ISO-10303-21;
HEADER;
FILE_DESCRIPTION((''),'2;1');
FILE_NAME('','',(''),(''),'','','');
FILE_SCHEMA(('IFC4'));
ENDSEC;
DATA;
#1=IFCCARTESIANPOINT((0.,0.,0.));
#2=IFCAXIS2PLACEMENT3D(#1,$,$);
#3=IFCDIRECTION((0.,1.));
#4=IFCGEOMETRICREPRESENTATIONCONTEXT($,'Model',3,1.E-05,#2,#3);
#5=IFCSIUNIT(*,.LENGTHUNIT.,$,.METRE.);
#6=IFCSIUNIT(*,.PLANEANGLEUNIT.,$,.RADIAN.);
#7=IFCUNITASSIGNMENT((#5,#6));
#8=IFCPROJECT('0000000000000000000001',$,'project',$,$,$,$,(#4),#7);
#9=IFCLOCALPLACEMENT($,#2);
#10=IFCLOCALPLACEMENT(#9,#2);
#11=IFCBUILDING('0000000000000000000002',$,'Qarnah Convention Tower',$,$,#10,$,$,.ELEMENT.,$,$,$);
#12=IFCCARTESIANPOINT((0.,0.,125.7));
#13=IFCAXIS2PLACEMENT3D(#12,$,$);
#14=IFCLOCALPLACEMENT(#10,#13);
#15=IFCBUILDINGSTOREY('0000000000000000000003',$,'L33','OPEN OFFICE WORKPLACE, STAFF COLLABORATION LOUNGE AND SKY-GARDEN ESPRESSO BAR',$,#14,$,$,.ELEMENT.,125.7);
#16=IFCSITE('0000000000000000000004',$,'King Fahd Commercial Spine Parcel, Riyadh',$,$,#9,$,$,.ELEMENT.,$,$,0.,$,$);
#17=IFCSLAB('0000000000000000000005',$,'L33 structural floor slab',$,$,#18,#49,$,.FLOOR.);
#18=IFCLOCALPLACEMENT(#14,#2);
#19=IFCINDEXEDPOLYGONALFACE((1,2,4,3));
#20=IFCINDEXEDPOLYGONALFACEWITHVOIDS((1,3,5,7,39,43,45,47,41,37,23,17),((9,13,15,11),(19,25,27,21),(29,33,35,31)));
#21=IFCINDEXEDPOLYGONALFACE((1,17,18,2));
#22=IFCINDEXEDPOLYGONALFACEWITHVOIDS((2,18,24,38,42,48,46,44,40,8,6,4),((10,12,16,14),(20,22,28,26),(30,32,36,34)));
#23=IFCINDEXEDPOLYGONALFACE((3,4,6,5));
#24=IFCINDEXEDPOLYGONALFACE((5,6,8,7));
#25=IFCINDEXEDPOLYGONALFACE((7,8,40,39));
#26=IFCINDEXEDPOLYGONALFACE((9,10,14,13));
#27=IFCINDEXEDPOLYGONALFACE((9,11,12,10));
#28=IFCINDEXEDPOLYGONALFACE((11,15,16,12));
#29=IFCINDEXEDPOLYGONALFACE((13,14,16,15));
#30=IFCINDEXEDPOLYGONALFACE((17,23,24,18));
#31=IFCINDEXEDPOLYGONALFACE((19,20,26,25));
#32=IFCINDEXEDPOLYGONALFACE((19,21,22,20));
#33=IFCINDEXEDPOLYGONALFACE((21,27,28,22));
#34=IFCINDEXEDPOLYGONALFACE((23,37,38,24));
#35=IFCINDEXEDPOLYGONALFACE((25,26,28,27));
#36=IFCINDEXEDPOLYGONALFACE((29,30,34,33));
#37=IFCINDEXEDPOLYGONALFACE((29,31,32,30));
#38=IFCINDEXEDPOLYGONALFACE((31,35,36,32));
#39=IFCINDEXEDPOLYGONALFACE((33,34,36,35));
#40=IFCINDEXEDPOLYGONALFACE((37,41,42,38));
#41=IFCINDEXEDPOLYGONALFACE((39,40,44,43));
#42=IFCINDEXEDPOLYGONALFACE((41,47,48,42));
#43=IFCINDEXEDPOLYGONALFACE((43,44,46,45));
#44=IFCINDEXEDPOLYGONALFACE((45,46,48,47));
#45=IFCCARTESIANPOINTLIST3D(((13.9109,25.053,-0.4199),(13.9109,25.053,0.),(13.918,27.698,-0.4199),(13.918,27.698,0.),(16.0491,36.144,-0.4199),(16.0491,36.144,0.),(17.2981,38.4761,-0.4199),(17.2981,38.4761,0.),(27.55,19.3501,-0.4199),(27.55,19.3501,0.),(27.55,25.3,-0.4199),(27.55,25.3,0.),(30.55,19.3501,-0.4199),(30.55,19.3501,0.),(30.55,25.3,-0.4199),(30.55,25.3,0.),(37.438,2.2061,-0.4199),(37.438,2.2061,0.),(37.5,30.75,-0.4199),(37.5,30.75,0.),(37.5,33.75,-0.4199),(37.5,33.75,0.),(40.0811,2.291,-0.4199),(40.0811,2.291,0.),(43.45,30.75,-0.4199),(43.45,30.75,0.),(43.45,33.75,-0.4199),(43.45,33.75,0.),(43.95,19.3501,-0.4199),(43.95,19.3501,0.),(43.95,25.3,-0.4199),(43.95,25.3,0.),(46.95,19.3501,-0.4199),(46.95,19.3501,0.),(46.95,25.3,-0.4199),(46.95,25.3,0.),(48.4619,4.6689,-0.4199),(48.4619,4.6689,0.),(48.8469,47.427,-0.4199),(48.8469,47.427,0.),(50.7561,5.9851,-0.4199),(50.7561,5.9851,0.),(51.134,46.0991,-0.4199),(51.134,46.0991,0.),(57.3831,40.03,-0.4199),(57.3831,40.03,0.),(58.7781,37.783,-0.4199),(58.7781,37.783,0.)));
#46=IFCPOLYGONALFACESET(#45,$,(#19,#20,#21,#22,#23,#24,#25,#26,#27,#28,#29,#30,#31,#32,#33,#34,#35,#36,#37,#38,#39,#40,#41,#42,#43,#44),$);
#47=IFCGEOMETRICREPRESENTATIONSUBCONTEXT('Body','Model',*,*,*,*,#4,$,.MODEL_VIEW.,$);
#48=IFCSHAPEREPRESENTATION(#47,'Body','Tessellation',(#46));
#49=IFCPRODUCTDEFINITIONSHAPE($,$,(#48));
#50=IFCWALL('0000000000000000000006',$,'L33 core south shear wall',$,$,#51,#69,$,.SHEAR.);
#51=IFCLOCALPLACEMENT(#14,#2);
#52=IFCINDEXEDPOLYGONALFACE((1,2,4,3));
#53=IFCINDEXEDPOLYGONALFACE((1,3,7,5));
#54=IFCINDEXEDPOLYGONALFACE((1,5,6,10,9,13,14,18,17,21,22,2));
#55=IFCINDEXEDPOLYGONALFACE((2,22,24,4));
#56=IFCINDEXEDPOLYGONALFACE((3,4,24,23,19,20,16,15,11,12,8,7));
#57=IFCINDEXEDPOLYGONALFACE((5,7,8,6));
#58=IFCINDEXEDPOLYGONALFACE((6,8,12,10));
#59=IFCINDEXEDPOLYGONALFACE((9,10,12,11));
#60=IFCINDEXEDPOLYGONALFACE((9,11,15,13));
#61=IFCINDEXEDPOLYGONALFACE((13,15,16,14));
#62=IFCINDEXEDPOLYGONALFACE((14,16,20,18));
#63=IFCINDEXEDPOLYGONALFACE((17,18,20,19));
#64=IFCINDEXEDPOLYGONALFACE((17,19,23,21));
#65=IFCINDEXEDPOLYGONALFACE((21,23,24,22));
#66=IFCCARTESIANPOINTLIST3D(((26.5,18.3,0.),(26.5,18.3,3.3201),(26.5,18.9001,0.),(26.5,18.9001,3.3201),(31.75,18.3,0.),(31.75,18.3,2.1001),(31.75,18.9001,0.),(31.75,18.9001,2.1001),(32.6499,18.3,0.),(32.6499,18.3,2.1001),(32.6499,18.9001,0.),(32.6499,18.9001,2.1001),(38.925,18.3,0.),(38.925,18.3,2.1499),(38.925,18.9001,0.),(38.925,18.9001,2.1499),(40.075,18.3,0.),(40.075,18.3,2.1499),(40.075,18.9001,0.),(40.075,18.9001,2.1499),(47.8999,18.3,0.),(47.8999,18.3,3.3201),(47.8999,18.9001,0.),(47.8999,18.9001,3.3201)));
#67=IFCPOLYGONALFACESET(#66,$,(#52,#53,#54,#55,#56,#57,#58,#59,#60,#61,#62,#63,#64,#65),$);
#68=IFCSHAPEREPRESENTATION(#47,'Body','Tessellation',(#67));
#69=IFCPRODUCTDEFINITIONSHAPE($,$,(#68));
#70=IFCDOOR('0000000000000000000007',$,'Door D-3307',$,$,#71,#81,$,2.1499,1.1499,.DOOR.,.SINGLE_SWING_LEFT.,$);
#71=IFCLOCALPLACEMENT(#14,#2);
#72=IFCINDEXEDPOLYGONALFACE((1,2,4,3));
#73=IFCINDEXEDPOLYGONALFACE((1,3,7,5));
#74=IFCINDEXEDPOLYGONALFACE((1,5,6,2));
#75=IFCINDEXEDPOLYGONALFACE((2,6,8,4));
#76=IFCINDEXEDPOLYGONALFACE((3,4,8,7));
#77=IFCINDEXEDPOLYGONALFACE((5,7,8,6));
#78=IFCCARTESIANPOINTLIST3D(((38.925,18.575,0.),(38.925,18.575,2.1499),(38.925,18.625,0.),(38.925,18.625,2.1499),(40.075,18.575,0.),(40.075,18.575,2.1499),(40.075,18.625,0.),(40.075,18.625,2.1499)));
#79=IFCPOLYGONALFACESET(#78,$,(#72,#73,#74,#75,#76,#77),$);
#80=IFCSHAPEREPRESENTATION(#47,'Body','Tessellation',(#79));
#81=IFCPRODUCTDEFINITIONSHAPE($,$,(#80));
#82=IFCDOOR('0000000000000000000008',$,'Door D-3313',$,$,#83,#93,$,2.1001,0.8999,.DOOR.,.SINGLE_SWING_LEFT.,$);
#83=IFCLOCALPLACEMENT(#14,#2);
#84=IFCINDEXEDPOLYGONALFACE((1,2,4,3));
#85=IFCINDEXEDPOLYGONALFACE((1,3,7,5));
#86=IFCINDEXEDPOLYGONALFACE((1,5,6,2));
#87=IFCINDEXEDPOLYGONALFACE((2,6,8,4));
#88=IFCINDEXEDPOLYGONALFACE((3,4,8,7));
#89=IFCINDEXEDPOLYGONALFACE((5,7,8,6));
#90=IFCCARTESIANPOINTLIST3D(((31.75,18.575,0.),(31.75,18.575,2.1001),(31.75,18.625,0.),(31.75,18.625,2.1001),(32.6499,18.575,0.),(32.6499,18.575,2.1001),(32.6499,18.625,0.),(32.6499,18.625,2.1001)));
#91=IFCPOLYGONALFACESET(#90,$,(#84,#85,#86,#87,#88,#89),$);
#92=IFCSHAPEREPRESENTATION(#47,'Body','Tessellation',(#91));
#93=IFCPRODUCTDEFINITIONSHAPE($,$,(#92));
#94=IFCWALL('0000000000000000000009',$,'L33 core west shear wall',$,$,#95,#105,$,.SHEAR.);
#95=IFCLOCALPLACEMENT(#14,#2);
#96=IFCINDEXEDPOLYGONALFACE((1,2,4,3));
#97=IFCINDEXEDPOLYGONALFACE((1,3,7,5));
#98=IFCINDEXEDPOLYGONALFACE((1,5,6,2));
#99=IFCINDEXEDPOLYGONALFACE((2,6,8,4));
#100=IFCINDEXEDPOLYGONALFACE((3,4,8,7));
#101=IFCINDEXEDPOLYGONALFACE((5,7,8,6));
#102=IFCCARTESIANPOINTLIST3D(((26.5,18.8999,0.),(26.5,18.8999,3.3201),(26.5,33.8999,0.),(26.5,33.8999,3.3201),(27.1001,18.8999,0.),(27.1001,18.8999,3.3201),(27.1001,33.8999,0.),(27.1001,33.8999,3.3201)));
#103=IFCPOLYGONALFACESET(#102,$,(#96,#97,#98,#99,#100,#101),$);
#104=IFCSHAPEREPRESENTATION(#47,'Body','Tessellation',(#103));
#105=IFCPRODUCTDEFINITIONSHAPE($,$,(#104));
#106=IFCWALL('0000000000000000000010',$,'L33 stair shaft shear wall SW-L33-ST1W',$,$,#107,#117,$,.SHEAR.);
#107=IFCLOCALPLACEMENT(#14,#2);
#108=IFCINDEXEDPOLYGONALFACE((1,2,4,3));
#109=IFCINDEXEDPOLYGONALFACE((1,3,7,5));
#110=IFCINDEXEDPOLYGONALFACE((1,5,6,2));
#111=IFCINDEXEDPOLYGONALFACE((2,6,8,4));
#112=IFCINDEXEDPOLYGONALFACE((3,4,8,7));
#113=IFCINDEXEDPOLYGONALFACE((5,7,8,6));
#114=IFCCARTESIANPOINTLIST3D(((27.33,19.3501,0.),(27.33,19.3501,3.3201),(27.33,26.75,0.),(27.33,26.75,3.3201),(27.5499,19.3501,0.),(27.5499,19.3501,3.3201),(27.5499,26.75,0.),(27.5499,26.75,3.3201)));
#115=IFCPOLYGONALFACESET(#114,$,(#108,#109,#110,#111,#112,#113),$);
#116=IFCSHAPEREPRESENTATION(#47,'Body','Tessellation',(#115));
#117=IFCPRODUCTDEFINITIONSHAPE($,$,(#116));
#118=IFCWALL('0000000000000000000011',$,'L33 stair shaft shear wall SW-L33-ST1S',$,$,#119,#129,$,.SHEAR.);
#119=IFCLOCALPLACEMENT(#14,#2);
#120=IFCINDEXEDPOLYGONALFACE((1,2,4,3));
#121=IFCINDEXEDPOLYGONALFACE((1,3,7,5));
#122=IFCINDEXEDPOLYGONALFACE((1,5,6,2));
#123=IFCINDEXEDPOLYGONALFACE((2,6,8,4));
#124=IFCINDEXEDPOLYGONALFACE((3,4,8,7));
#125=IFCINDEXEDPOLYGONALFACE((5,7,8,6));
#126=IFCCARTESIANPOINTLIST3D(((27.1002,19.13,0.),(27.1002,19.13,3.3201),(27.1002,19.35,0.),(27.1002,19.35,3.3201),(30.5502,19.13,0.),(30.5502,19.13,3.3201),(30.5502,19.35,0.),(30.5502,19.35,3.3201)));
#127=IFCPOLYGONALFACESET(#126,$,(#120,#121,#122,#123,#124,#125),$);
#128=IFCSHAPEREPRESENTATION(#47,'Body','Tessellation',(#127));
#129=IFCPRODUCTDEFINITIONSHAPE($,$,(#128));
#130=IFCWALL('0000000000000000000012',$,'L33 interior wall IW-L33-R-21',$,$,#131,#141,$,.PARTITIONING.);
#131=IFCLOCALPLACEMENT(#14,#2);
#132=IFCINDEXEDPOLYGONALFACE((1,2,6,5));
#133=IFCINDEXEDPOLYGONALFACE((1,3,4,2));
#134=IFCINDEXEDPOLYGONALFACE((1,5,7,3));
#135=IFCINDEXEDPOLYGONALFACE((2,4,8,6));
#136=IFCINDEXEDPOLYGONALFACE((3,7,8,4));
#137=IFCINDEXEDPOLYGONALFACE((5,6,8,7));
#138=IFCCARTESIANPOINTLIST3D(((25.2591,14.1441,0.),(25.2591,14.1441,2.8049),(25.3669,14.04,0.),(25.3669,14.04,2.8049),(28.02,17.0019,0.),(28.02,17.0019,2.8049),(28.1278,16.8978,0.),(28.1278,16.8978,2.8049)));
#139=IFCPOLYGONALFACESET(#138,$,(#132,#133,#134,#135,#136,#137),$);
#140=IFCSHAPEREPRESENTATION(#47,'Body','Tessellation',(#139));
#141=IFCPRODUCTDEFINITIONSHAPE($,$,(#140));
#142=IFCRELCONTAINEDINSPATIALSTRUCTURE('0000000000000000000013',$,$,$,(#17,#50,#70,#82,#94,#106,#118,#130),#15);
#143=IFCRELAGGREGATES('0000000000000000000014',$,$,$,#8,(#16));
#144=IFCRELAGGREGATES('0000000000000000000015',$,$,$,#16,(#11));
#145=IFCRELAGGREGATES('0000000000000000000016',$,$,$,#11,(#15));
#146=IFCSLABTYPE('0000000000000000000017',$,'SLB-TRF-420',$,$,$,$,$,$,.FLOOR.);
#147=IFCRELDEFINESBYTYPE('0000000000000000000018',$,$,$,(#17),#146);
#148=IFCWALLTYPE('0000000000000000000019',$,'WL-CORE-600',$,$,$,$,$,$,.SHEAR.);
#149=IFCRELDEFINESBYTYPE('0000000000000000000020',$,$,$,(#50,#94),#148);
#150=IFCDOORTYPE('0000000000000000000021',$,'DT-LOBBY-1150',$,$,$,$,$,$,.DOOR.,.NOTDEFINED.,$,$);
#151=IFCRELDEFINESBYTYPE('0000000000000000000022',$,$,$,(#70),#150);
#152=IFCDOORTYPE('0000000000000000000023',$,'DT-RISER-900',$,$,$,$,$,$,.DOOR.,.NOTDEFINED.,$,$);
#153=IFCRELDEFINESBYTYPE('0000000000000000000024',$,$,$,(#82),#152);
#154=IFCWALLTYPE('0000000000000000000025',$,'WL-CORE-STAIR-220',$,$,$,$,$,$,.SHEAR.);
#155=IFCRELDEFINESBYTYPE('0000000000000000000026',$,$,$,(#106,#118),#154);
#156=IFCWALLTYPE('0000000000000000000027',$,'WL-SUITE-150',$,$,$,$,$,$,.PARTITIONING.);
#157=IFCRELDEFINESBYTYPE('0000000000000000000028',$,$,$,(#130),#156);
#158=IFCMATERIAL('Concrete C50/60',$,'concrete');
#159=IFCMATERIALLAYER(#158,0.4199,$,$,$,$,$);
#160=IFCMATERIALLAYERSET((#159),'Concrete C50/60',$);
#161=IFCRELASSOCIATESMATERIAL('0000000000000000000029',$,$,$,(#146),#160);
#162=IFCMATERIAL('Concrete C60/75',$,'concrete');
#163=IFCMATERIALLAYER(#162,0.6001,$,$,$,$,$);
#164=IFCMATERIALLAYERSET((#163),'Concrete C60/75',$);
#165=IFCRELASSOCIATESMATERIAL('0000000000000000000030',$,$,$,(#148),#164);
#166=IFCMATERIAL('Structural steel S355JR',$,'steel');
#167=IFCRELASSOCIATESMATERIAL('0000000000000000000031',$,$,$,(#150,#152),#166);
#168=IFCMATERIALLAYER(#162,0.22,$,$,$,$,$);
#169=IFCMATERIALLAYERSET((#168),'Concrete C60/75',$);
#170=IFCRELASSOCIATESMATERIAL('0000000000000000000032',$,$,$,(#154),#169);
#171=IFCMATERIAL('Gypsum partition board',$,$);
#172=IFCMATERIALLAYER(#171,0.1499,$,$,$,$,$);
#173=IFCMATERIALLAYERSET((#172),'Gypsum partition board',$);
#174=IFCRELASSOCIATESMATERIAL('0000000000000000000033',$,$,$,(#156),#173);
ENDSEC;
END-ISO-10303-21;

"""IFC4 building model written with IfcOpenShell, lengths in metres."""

from ifc_helpers import new_model, si_unit, direction, frame, frame_2d, origin, place, context, subcontext, project, spatial, polyline, rectangle, outline, extrude, material, layer, layer_set, type_object, element, fill, save


model = new_model("IFC4")

# Units and contexts
model_context = context("Model", 3, precision=1e-05, world=origin(), true_north=direction((0.0, 1.0)))
body_context = subcontext(model_context, "Body", "Model", "MODEL_VIEW")
ifc_project = project(units=[si_unit("LENGTHUNIT", "METRE"), si_unit("PLANEANGLEUNIT", "RADIAN")], contexts=[model_context])

# Site, building, storey
site_placement = place(None, origin())
site = spatial("IfcSite", under=ifc_project, at=site_placement, Name="King Fahd Commercial Spine Parcel, Riyadh", CompositionType="ELEMENT", RefElevation=0.0)
building_placement = place(site_placement, origin())
building = spatial("IfcBuilding", under=site, at=building_placement, Name="Qarnah Convention Tower", CompositionType="ELEMENT")
storey_placement = place(building_placement, frame((0.0, 0.0, 125.7)))
storey = spatial("IfcBuildingStorey", under=building, at=storey_placement, Name="L33", Description="OPEN OFFICE WORKPLACE, STAFF COLLABORATION LOUNGE AND SKY-GARDEN ESPRESSO BAR", CompositionType="ELEMENT", Elevation=125.7)

# Shared definitions
ifc_material_1 = material(Name="Concrete C60/75", Category="concrete")

# Shared definitions
ifc_material_2 = material(Name="Structural steel S355JR", Category="steel")

# Shared definitions
ifc_material_3 = material(Name="Concrete C50/60", Category="concrete")

# Slab
ifc_layer_1 = layer(ifc_material_3, 0.4199)
ifc_layer_set_1 = layer_set([ifc_layer_1], Name="Concrete C50/60")
slab_type_1 = type_object("IfcSlabType", Name="SLB-TRF-420", PredefinedType="FLOOR", material=ifc_layer_set_1)
slab_1_placement = place(storey_placement, frame((0.0, 0.0, -0.4199)))
element("IfcSlab", 1, at=slab_1_placement, inside=storey, type_object=slab_type_1, Name="L33 structural floor slab", PredefinedType="FLOOR", context=body_context, shape_type="SweptSolid", body=[
    extrude(outline(polyline([(48.8469, 47.427), (17.2981, 38.4761), (16.0491, 36.144), (13.918, 27.698), (13.9109, 25.053), (37.438, 2.2061), (40.0811, 2.291), (48.4619, 4.6689), (50.7561, 5.9851), (58.7781, 37.783), (57.3831, 40.03), (51.134, 46.0991), (48.8469, 47.427)]), holes=[polyline([(27.55, 25.3), (27.55, 19.3501), (30.55, 19.3501), (30.55, 25.3), (27.55, 25.3)]), polyline([(43.95, 25.3), (43.95, 19.3501), (46.95, 19.3501), (46.95, 25.3), (43.95, 25.3)]), polyline([(37.5, 30.75), (43.45, 30.75), (43.45, 33.75), (37.5, 33.75), (37.5, 30.75)])]), origin(), (0.0, 0.0, 1.0), 0.4199),
])

# Wall, openings, doors
ifc_layer_2 = layer(ifc_material_1, 0.6001)
ifc_layer_set_2 = layer_set([ifc_layer_2], Name="Concrete C60/75")
wall_type_1 = type_object("IfcWallType", Name="WL-CORE-600", PredefinedType="SHEAR", material=ifc_layer_set_2)
wall_1_placement = place(storey_placement, frame((26.5, 18.6001, 0.0), z_axis=(0.0, 0.0, 1.0), x_axis=(1.0, 0.0, 0.0)))
wall_1 = element("IfcWall", 2, at=wall_1_placement, inside=storey, type_object=wall_type_1, Name="L33 core south shear wall", PredefinedType="SHEAR", context=body_context, shape_type="SweptSolid", body=[
    extrude(rectangle(XDim=21.3999, YDim=0.6001, at=frame_2d((10.7, 0.0))), origin(), (0.0, 0.0, 1.0), 3.3201),
])
opening_1_placement = place(wall_1_placement, frame((12.425, 0.0, 0.0)))
opening_1 = element("IfcOpeningElement", 3, at=opening_1_placement, cuts=wall_1, PredefinedType="OPENING", context=body_context, shape_type="SweptSolid", body=[
    extrude(rectangle(XDim=1.1499, YDim=2.1499, at=frame_2d((0.575, 1.075))), frame((0.0, 0.3101, 0.0), z_axis=(0.0, -1.0, 0.0), x_axis=(1.0, 0.0, 0.0)), (0.0, 0.0, 1.0), 0.6201),
])
opening_2_placement = place(wall_1_placement, frame((5.25, 0.0, 0.0)))
opening_2 = element("IfcOpeningElement", 4, at=opening_2_placement, cuts=wall_1, PredefinedType="OPENING", context=body_context, shape_type="SweptSolid", body=[
    extrude(rectangle(XDim=0.8999, YDim=2.1001, at=frame_2d((0.45, 1.05))), frame((0.0, 0.3101, 0.0), z_axis=(0.0, -1.0, 0.0), x_axis=(1.0, 0.0, 0.0)), (0.0, 0.0, 1.0), 0.6201),
])
door_type_1 = type_object("IfcDoorType", Name="DT-LOBBY-1150", OperationType="NOTDEFINED", PredefinedType="DOOR", material=ifc_material_2)
door_1_placement = place(opening_1_placement, origin())
door_1 = element("IfcDoor", 5, at=door_1_placement, inside=storey, type_object=door_type_1, Name="Door D-3307", OperationType="SINGLE_SWING_LEFT", OverallHeight=2.1499, OverallWidth=1.1499, PredefinedType="DOOR", context=body_context, shape_type="SweptSolid", body=[
    extrude(rectangle(XDim=1.1499, YDim=2.1499, at=frame_2d((0.575, 1.075))), frame((0.0, 0.0249, 0.0), z_axis=(0.0, -1.0, 0.0), x_axis=(1.0, 0.0, 0.0)), (0.0, 0.0, 1.0), 0.05),
])
fill(opening_1, door_1)
door_type_2 = type_object("IfcDoorType", Name="DT-RISER-900", OperationType="NOTDEFINED", PredefinedType="DOOR", material=ifc_material_2)
door_2_placement = place(opening_2_placement, origin())
door_2 = element("IfcDoor", 6, at=door_2_placement, inside=storey, type_object=door_type_2, Name="Door D-3313", OperationType="SINGLE_SWING_LEFT", OverallHeight=2.1001, OverallWidth=0.8999, PredefinedType="DOOR", context=body_context, shape_type="SweptSolid", body=[
    extrude(rectangle(XDim=0.8999, YDim=2.1001, at=frame_2d((0.45, 1.05))), frame((0.0, 0.0249, 0.0), z_axis=(0.0, -1.0, 0.0), x_axis=(1.0, 0.0, 0.0)), (0.0, 0.0, 1.0), 0.05),
])
fill(opening_2, door_2)

# Walls
wall_2_placement = place(storey_placement, frame((26.8, 18.8999, 0.0), z_axis=(0.0, 0.0, 1.0), x_axis=(0.0, 1.0, 0.0)))
element("IfcWall", 7, at=wall_2_placement, inside=storey, type_object=wall_type_1, Name="L33 core west shear wall", PredefinedType="SHEAR", context=body_context, shape_type="SweptSolid", body=[
    extrude(rectangle(XDim=15.0, YDim=0.6001, at=frame_2d((7.5, 0.0))), origin(), (0.0, 0.0, 1.0), 3.3201),
])
ifc_layer_3 = layer(ifc_material_1, 0.22)
ifc_layer_set_3 = layer_set([ifc_layer_3], Name="Concrete C60/75")
wall_type_2 = type_object("IfcWallType", Name="WL-CORE-STAIR-220", PredefinedType="SHEAR", material=ifc_layer_set_3)
wall_3_placement = place(storey_placement, frame((27.4399, 19.3501, 0.0), z_axis=(0.0, 0.0, 1.0), x_axis=(0.0, 1.0, 0.0)))
element("IfcWall", 8, at=wall_3_placement, inside=storey, type_object=wall_type_2, Name="L33 stair shaft shear wall SW-L33-ST1W", PredefinedType="SHEAR", context=body_context, shape_type="SweptSolid", body=[
    extrude(rectangle(XDim=7.3999, YDim=0.22, at=frame_2d((3.7, 0.0))), origin(), (0.0, 0.0, 1.0), 3.3201),
])
wall_4_placement = place(storey_placement, frame((27.1001, 19.24, 0.0), z_axis=(0.0, 0.0, 1.0), x_axis=(1.0, 0.0, 0.0)))
element("IfcWall", 9, at=wall_4_placement, inside=storey, type_object=wall_type_2, Name="L33 stair shaft shear wall SW-L33-ST1S", PredefinedType="SHEAR", context=body_context, shape_type="SweptSolid", body=[
    extrude(rectangle(XDim=3.45, YDim=0.22, at=frame_2d((1.7251, 0.0))), origin(), (0.0, 0.0, 1.0), 3.3201),
])
ifc_material_4 = material(Name="Gypsum partition board")
ifc_layer_4 = layer(ifc_material_4, 0.1499)
ifc_layer_set_4 = layer_set([ifc_layer_4], Name="Gypsum partition board")
wall_type_3 = type_object("IfcWallType", Name="WL-SUITE-150", PredefinedType="PARTITIONING", material=ifc_layer_set_4)
wall_5_placement = place(storey_placement, frame((25.313, 14.092, 0.0), z_axis=(0.0, 0.0, 1.0), x_axis=(0.694806, 0.719197, 0.0)))
element("IfcWall", 10, at=wall_5_placement, inside=storey, type_object=wall_type_3, Name="L33 interior wall IW-L33-R-21", PredefinedType="PARTITIONING", context=body_context, shape_type="SweptSolid", body=[
    extrude(rectangle(XDim=3.9736, YDim=0.1499, at=frame_2d((1.9868, 0.0))), origin(), (0.0, 0.0, 1.0), 2.8049),
])

save(model, "model.ifc")
